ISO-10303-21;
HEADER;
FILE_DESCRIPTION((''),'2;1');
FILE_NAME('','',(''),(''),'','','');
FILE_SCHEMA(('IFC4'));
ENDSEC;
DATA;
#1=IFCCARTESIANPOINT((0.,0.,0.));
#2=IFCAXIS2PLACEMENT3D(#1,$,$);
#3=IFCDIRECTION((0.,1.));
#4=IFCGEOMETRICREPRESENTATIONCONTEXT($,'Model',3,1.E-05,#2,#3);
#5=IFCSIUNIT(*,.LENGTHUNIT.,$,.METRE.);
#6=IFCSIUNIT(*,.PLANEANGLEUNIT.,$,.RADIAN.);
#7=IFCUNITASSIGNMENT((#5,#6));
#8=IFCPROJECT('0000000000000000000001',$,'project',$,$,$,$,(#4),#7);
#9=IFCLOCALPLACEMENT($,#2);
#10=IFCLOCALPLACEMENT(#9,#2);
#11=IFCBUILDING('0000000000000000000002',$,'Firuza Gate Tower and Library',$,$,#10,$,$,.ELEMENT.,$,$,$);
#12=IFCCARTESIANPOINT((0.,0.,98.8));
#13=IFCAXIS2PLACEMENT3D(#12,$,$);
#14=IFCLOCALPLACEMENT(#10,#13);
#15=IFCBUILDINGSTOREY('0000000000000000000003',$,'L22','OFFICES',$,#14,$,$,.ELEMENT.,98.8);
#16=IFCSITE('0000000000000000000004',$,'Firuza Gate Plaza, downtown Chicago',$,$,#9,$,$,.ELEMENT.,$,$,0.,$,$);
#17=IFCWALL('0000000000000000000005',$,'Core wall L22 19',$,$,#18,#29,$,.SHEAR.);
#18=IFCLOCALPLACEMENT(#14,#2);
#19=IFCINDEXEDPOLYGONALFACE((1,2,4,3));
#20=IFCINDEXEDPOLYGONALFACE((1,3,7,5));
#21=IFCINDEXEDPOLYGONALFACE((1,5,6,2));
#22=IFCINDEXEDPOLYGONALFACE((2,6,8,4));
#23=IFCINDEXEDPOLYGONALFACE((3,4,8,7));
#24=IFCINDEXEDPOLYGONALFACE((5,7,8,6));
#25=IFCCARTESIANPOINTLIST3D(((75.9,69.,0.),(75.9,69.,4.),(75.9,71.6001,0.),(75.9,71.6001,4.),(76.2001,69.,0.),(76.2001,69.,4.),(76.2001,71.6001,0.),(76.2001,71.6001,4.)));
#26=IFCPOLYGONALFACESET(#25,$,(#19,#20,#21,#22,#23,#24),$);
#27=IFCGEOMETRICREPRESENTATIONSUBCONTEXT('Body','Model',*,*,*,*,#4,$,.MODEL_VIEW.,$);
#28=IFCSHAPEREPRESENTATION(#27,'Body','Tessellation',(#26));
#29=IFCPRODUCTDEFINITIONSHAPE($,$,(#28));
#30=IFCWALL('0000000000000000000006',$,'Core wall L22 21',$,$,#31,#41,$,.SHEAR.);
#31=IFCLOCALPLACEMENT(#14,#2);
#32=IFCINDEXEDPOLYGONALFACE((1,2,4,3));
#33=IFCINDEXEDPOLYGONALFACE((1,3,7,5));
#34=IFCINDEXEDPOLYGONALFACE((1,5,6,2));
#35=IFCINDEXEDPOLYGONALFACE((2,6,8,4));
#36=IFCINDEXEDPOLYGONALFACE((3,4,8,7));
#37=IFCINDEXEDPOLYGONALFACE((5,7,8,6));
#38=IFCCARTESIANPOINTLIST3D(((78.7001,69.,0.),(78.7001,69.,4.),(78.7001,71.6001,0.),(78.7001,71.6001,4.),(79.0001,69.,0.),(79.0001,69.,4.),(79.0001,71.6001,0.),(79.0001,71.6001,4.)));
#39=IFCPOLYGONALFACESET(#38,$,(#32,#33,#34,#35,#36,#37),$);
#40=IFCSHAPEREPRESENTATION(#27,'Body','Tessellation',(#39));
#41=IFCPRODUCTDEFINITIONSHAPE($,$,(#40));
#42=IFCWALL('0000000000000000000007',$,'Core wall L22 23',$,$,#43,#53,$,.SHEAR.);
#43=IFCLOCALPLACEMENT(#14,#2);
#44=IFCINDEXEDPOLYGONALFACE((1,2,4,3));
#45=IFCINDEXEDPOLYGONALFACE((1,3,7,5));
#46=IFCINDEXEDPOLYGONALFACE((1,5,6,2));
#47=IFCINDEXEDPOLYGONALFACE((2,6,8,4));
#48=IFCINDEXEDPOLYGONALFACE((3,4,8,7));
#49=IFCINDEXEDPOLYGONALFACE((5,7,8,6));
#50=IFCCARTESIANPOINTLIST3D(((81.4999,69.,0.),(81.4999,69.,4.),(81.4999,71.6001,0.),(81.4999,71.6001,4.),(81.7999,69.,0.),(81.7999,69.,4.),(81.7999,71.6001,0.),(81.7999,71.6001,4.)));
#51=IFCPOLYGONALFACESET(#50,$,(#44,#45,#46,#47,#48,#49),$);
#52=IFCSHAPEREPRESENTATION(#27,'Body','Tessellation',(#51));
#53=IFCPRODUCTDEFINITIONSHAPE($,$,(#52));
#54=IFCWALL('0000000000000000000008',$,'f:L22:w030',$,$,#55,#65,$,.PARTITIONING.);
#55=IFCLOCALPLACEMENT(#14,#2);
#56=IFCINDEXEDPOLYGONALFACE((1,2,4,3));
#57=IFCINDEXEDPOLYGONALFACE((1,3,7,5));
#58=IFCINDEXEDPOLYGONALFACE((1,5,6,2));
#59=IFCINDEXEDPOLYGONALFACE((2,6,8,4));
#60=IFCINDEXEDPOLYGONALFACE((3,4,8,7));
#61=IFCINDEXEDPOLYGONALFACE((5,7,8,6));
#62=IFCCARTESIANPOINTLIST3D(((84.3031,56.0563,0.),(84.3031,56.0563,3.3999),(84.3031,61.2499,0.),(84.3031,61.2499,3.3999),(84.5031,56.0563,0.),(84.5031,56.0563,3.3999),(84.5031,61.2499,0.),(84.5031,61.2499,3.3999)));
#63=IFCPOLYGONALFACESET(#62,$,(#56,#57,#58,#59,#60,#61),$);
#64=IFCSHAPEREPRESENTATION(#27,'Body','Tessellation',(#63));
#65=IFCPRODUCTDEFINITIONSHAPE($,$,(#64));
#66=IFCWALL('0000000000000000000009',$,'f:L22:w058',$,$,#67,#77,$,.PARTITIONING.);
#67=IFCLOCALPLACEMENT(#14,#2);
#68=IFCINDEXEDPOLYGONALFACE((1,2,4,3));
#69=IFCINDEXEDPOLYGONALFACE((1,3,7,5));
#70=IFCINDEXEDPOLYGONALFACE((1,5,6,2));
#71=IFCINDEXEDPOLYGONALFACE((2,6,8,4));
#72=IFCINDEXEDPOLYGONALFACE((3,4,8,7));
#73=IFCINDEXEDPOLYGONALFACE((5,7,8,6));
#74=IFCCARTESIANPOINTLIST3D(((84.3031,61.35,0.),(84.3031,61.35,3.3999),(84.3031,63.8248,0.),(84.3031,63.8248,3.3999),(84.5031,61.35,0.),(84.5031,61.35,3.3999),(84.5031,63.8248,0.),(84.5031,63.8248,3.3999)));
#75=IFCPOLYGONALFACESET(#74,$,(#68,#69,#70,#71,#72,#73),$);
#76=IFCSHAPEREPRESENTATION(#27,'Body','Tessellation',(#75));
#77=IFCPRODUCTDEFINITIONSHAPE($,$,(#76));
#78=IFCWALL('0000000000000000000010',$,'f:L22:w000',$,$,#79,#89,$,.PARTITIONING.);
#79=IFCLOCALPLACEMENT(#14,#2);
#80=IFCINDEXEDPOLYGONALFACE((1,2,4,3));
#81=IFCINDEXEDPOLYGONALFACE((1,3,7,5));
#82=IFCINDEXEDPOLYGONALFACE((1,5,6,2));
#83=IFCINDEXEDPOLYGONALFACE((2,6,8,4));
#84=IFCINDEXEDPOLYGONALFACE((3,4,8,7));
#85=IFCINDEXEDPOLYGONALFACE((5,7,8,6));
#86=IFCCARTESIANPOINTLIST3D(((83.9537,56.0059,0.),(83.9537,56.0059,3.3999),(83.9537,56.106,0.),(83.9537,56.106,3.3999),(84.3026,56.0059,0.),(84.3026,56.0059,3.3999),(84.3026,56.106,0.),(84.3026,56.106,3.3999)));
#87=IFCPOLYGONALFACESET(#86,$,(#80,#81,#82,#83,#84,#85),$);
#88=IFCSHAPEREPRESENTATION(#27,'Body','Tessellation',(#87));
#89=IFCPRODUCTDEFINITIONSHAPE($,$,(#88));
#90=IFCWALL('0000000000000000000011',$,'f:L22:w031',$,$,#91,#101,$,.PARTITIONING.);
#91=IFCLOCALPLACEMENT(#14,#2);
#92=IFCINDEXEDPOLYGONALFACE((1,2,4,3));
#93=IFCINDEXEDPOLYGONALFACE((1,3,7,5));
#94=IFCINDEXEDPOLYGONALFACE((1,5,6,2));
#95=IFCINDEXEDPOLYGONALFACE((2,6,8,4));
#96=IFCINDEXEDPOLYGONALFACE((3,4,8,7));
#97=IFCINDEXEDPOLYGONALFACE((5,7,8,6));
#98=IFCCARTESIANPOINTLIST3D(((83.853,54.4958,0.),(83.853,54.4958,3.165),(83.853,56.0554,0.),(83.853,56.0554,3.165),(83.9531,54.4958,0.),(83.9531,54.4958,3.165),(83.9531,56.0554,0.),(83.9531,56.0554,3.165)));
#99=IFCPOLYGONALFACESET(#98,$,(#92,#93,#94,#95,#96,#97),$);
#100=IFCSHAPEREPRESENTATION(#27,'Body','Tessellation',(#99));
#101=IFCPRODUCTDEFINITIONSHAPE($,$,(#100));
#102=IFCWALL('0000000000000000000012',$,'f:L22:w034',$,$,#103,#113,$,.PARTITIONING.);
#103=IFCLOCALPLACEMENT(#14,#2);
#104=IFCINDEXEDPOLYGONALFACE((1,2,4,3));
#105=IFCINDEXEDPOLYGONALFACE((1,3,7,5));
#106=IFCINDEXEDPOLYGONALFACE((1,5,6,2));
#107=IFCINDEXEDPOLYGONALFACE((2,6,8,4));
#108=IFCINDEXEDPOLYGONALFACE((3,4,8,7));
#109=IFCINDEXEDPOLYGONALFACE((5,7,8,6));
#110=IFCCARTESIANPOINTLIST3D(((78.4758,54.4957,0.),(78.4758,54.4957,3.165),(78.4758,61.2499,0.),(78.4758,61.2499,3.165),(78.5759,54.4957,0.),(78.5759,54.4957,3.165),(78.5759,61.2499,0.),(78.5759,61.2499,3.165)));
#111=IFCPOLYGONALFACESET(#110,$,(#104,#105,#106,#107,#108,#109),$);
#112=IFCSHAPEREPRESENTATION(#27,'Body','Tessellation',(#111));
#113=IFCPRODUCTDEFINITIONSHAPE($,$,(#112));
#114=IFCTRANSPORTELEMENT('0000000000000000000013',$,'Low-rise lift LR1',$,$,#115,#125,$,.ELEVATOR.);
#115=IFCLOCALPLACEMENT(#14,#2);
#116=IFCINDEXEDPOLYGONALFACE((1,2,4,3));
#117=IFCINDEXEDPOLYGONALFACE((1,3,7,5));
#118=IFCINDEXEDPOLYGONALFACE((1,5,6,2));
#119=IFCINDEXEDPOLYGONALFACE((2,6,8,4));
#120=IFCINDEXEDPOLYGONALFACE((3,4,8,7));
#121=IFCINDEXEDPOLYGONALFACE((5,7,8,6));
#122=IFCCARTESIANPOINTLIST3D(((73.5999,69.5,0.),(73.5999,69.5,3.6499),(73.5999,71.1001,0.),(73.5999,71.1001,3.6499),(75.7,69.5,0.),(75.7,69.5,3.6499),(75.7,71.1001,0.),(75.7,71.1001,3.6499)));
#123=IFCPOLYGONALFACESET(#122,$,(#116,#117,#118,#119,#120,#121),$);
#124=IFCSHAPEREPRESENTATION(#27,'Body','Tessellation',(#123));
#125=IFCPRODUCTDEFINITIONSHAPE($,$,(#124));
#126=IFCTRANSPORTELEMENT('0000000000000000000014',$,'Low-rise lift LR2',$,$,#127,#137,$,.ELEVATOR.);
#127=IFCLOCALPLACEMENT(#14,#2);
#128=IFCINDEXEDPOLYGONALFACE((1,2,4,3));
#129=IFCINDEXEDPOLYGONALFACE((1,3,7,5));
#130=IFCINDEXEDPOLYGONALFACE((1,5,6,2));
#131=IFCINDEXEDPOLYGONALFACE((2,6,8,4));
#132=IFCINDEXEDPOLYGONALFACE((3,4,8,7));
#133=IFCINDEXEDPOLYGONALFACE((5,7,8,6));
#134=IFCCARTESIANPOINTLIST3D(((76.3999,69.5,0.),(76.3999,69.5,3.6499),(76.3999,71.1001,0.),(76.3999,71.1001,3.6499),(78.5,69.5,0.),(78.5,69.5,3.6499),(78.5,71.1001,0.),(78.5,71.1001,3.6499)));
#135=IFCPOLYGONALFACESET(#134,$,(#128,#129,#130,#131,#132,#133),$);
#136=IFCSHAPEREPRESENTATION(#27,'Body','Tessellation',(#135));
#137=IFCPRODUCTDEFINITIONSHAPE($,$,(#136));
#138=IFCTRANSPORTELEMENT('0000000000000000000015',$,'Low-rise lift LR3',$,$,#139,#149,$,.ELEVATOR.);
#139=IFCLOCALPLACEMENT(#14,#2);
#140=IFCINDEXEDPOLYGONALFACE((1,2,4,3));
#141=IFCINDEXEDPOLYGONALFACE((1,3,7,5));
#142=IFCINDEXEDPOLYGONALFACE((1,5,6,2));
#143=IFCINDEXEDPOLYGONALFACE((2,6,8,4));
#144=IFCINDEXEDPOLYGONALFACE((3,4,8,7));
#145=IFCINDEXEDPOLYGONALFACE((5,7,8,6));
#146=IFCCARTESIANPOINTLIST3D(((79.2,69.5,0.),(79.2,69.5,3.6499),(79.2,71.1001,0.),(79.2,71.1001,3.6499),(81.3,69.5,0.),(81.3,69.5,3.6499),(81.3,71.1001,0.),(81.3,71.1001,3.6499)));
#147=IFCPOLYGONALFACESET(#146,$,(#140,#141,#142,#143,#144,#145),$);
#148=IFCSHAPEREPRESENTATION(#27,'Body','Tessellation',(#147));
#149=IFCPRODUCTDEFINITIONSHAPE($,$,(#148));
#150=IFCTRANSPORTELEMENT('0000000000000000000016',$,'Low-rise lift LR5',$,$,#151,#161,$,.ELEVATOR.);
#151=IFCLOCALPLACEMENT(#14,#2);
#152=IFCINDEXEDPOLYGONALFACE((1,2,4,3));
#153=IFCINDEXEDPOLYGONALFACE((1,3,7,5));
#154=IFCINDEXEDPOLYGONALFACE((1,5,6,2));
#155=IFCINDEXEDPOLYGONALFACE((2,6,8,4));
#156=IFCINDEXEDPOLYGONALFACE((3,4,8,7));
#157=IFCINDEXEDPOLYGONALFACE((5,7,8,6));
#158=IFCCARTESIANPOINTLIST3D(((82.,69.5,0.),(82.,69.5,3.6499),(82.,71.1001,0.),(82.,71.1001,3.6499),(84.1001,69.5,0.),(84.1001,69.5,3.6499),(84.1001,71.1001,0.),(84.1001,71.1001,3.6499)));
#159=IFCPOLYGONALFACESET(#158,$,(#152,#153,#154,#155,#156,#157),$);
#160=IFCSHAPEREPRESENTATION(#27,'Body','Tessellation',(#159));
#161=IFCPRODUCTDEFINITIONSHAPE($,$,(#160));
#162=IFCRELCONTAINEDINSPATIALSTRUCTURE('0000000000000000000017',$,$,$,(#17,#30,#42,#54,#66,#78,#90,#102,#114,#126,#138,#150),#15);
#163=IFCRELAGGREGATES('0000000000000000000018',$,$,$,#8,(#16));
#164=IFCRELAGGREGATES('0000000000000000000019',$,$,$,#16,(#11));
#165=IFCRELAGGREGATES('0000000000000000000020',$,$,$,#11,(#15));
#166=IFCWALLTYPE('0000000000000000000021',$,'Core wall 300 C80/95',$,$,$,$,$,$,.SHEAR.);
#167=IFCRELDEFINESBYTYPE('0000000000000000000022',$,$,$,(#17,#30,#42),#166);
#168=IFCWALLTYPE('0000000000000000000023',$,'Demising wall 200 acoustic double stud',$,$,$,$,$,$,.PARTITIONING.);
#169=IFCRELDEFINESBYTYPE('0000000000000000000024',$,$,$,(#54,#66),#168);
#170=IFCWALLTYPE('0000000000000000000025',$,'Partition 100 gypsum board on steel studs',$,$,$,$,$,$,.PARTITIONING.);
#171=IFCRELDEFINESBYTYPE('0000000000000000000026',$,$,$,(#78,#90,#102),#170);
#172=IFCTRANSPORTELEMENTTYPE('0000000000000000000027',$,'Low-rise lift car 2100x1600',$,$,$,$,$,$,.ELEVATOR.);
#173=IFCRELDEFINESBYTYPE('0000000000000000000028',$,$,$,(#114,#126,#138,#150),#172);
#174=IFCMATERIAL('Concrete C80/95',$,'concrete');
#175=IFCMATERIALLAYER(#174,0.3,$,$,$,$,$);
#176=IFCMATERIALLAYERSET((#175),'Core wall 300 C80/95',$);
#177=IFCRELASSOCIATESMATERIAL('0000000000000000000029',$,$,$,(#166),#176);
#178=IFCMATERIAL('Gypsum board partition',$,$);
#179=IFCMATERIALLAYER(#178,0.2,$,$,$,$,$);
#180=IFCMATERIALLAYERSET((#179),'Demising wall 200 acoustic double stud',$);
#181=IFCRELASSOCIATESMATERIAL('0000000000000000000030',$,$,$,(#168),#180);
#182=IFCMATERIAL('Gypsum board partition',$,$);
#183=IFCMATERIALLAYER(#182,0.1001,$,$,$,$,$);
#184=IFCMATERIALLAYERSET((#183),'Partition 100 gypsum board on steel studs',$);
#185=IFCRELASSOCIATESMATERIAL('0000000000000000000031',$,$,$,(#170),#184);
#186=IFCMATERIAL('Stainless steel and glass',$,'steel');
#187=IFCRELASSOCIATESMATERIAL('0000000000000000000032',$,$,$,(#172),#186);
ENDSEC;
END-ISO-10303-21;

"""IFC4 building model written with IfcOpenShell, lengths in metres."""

from ifc_helpers import new_model, si_unit, direction, frame, frame_2d, origin, origin_2d, place, context, subcontext, project, spatial, rectangle, extrude, material, layer, layer_set, type_object, element, save


model = new_model("IFC4")

# Units and contexts
model_context = context("Model", 3, precision=1e-05, world=origin(), true_north=direction((0.0, 1.0)))
body_context = subcontext(model_context, "Body", "Model", "MODEL_VIEW")
ifc_project = project(units=[si_unit("LENGTHUNIT", "METRE"), si_unit("PLANEANGLEUNIT", "RADIAN")], contexts=[model_context])

# Site, building, storey
site_placement = place(None, origin())
site = spatial("IfcSite", under=ifc_project, at=site_placement, Name="Firuza Gate Plaza, downtown Chicago", CompositionType="ELEMENT", RefElevation=0.0)
building_placement = place(site_placement, origin())
building = spatial("IfcBuilding", under=site, at=building_placement, Name="Firuza Gate Tower and Library", CompositionType="ELEMENT")
storey_placement = place(building_placement, frame((0.0, 0.0, 98.8)))
storey = spatial("IfcBuildingStorey", under=building, at=storey_placement, Name="L22", Description="OFFICES", CompositionType="ELEMENT", Elevation=98.8)

# Walls
ifc_material_1 = material(Name="Concrete C80/95", Category="concrete")
ifc_layer_1 = layer(ifc_material_1, 0.3)
ifc_layer_set_1 = layer_set([ifc_layer_1], Name="Core wall 300 C80/95")
wall_type_1 = type_object("IfcWallType", Name="Core wall 300 C80/95", PredefinedType="SHEAR", material=ifc_layer_set_1)
for number, where, z_axis, x_axis, name in (
    (1, (76.05, 69.0, 0.0), (0.0, 0.0, 1.0), (0.0, 1.0, 0.0), "Core wall L22 19"),
    (2, (78.8501, 69.0, 0.0), (0.0, 0.0, 1.0), (0.0, 1.0, 0.0), "Core wall L22 21"),
    (3, (81.6499, 69.0, 0.0), (0.0, 0.0, 1.0), (0.0, 1.0, 0.0), "Core wall L22 23"),
):
    element("IfcWall", number, at=place(storey_placement, frame(where, z_axis=z_axis, x_axis=x_axis)), inside=storey, type_object=wall_type_1, Name=name, PredefinedType="SHEAR", context=body_context, shape_type="SweptSolid", body=[
        extrude(rectangle(XDim=2.6001, YDim=0.3, at=frame_2d((1.3, 0.0))), origin(), (0.0, 0.0, 1.0), 4.0),
    ])
ifc_material_2 = material(Name="Gypsum board partition")
ifc_layer_2 = layer(ifc_material_2, 0.2)
ifc_layer_set_2 = layer_set([ifc_layer_2], Name="Demising wall 200 acoustic double stud")
wall_type_2 = type_object("IfcWallType", Name="Demising wall 200 acoustic double stud", PredefinedType="PARTITIONING", material=ifc_layer_set_2)
wall_1_placement = place(storey_placement, frame((84.4031, 56.0564, 0.0), z_axis=(0.0, 0.0, 1.0), x_axis=(0.0, 1.0, 0.0)))
element("IfcWall", 4, at=wall_1_placement, inside=storey, type_object=wall_type_2, Name="f:L22:w030", PredefinedType="PARTITIONING", context=body_context, shape_type="SweptSolid", body=[
    extrude(rectangle(XDim=5.1936, YDim=0.2, at=frame_2d((2.5967, 0.0))), origin(), (0.0, 0.0, 1.0), 3.3999),
])
wall_2_placement = place(storey_placement, frame((84.4031, 61.3501, 0.0), z_axis=(0.0, 0.0, 1.0), x_axis=(0.0, 1.0, 0.0)))
element("IfcWall", 5, at=wall_2_placement, inside=storey, type_object=wall_type_2, Name="f:L22:w058", PredefinedType="PARTITIONING", context=body_context, shape_type="SweptSolid", body=[
    extrude(rectangle(XDim=2.4749, YDim=0.2, at=frame_2d((1.2373, 0.0))), origin(), (0.0, 0.0, 1.0), 3.3999),
])
ifc_material_3 = material(Name="Gypsum board partition")
ifc_layer_3 = layer(ifc_material_3, 0.1001)
ifc_layer_set_3 = layer_set([ifc_layer_3], Name="Partition 100 gypsum board on steel studs")
wall_type_3 = type_object("IfcWallType", Name="Partition 100 gypsum board on steel studs", PredefinedType="PARTITIONING", material=ifc_layer_set_3)
wall_3_placement = place(storey_placement, frame((83.9539, 56.0559, 0.0), z_axis=(0.0, 0.0, 1.0), x_axis=(1.0, 0.0, 0.0)))
element("IfcWall", 6, at=wall_3_placement, inside=storey, type_object=wall_type_3, Name="f:L22:w000", PredefinedType="PARTITIONING", context=body_context, shape_type="SweptSolid", body=[
    extrude(rectangle(XDim=0.3489, YDim=0.1001, at=frame_2d((0.1743, 0.0))), origin(), (0.0, 0.0, 1.0), 3.3999),
])
wall_4_placement = place(storey_placement, frame((83.9031, 54.4958, 0.0), z_axis=(0.0, 0.0, 1.0), x_axis=(0.0, 1.0, 0.0)))
element("IfcWall", 7, at=wall_4_placement, inside=storey, type_object=wall_type_3, Name="f:L22:w031", PredefinedType="PARTITIONING", context=body_context, shape_type="SweptSolid", body=[
    extrude(rectangle(XDim=1.5596, YDim=0.1001, at=frame_2d((0.7798, 0.0))), origin(), (0.0, 0.0, 1.0), 3.165),
])
wall_5_placement = place(storey_placement, frame((78.5259, 54.4958, 0.0), z_axis=(0.0, 0.0, 1.0), x_axis=(0.0, 1.0, 0.0)))
element("IfcWall", 8, at=wall_5_placement, inside=storey, type_object=wall_type_3, Name="f:L22:w034", PredefinedType="PARTITIONING", context=body_context, shape_type="SweptSolid", body=[
    extrude(rectangle(XDim=6.7542, YDim=0.1001, at=frame_2d((3.377, 0.0))), origin(), (0.0, 0.0, 1.0), 3.165),
])

# Transport elements
ifc_material_4 = material(Name="Stainless steel and glass", Category="steel")
transport_element_type = type_object("IfcTransportElementType", Name="Low-rise lift car 2100x1600", PredefinedType="ELEVATOR", material=ifc_material_4)
for number, where, z_axis, x_axis, name in (
    (9, (74.6499, 70.3, 0.0), (0.0, 0.0, 1.0), (1.0, 0.0, 0.0), "Low-rise lift LR1"),
    (10, (77.45, 70.3, 0.0), (0.0, 0.0, 1.0), (1.0, 0.0, 0.0), "Low-rise lift LR2"),
    (11, (80.25, 70.3, 0.0), (0.0, 0.0, 1.0), (1.0, 0.0, 0.0), "Low-rise lift LR3"),
    (12, (83.05, 70.3, 0.0), (0.0, 0.0, 1.0), (1.0, 0.0, 0.0), "Low-rise lift LR5"),
):
    element("IfcTransportElement", number, at=place(storey_placement, frame(where, z_axis=z_axis, x_axis=x_axis)), inside=storey, type_object=transport_element_type, Name=name, PredefinedType="ELEVATOR", context=body_context, shape_type="SweptSolid", body=[
        extrude(rectangle(XDim=2.1001, YDim=1.6001, at=origin_2d()), origin(), (0.0, 0.0, 1.0), 3.6499),
    ])

save(model, "model.ifc")
